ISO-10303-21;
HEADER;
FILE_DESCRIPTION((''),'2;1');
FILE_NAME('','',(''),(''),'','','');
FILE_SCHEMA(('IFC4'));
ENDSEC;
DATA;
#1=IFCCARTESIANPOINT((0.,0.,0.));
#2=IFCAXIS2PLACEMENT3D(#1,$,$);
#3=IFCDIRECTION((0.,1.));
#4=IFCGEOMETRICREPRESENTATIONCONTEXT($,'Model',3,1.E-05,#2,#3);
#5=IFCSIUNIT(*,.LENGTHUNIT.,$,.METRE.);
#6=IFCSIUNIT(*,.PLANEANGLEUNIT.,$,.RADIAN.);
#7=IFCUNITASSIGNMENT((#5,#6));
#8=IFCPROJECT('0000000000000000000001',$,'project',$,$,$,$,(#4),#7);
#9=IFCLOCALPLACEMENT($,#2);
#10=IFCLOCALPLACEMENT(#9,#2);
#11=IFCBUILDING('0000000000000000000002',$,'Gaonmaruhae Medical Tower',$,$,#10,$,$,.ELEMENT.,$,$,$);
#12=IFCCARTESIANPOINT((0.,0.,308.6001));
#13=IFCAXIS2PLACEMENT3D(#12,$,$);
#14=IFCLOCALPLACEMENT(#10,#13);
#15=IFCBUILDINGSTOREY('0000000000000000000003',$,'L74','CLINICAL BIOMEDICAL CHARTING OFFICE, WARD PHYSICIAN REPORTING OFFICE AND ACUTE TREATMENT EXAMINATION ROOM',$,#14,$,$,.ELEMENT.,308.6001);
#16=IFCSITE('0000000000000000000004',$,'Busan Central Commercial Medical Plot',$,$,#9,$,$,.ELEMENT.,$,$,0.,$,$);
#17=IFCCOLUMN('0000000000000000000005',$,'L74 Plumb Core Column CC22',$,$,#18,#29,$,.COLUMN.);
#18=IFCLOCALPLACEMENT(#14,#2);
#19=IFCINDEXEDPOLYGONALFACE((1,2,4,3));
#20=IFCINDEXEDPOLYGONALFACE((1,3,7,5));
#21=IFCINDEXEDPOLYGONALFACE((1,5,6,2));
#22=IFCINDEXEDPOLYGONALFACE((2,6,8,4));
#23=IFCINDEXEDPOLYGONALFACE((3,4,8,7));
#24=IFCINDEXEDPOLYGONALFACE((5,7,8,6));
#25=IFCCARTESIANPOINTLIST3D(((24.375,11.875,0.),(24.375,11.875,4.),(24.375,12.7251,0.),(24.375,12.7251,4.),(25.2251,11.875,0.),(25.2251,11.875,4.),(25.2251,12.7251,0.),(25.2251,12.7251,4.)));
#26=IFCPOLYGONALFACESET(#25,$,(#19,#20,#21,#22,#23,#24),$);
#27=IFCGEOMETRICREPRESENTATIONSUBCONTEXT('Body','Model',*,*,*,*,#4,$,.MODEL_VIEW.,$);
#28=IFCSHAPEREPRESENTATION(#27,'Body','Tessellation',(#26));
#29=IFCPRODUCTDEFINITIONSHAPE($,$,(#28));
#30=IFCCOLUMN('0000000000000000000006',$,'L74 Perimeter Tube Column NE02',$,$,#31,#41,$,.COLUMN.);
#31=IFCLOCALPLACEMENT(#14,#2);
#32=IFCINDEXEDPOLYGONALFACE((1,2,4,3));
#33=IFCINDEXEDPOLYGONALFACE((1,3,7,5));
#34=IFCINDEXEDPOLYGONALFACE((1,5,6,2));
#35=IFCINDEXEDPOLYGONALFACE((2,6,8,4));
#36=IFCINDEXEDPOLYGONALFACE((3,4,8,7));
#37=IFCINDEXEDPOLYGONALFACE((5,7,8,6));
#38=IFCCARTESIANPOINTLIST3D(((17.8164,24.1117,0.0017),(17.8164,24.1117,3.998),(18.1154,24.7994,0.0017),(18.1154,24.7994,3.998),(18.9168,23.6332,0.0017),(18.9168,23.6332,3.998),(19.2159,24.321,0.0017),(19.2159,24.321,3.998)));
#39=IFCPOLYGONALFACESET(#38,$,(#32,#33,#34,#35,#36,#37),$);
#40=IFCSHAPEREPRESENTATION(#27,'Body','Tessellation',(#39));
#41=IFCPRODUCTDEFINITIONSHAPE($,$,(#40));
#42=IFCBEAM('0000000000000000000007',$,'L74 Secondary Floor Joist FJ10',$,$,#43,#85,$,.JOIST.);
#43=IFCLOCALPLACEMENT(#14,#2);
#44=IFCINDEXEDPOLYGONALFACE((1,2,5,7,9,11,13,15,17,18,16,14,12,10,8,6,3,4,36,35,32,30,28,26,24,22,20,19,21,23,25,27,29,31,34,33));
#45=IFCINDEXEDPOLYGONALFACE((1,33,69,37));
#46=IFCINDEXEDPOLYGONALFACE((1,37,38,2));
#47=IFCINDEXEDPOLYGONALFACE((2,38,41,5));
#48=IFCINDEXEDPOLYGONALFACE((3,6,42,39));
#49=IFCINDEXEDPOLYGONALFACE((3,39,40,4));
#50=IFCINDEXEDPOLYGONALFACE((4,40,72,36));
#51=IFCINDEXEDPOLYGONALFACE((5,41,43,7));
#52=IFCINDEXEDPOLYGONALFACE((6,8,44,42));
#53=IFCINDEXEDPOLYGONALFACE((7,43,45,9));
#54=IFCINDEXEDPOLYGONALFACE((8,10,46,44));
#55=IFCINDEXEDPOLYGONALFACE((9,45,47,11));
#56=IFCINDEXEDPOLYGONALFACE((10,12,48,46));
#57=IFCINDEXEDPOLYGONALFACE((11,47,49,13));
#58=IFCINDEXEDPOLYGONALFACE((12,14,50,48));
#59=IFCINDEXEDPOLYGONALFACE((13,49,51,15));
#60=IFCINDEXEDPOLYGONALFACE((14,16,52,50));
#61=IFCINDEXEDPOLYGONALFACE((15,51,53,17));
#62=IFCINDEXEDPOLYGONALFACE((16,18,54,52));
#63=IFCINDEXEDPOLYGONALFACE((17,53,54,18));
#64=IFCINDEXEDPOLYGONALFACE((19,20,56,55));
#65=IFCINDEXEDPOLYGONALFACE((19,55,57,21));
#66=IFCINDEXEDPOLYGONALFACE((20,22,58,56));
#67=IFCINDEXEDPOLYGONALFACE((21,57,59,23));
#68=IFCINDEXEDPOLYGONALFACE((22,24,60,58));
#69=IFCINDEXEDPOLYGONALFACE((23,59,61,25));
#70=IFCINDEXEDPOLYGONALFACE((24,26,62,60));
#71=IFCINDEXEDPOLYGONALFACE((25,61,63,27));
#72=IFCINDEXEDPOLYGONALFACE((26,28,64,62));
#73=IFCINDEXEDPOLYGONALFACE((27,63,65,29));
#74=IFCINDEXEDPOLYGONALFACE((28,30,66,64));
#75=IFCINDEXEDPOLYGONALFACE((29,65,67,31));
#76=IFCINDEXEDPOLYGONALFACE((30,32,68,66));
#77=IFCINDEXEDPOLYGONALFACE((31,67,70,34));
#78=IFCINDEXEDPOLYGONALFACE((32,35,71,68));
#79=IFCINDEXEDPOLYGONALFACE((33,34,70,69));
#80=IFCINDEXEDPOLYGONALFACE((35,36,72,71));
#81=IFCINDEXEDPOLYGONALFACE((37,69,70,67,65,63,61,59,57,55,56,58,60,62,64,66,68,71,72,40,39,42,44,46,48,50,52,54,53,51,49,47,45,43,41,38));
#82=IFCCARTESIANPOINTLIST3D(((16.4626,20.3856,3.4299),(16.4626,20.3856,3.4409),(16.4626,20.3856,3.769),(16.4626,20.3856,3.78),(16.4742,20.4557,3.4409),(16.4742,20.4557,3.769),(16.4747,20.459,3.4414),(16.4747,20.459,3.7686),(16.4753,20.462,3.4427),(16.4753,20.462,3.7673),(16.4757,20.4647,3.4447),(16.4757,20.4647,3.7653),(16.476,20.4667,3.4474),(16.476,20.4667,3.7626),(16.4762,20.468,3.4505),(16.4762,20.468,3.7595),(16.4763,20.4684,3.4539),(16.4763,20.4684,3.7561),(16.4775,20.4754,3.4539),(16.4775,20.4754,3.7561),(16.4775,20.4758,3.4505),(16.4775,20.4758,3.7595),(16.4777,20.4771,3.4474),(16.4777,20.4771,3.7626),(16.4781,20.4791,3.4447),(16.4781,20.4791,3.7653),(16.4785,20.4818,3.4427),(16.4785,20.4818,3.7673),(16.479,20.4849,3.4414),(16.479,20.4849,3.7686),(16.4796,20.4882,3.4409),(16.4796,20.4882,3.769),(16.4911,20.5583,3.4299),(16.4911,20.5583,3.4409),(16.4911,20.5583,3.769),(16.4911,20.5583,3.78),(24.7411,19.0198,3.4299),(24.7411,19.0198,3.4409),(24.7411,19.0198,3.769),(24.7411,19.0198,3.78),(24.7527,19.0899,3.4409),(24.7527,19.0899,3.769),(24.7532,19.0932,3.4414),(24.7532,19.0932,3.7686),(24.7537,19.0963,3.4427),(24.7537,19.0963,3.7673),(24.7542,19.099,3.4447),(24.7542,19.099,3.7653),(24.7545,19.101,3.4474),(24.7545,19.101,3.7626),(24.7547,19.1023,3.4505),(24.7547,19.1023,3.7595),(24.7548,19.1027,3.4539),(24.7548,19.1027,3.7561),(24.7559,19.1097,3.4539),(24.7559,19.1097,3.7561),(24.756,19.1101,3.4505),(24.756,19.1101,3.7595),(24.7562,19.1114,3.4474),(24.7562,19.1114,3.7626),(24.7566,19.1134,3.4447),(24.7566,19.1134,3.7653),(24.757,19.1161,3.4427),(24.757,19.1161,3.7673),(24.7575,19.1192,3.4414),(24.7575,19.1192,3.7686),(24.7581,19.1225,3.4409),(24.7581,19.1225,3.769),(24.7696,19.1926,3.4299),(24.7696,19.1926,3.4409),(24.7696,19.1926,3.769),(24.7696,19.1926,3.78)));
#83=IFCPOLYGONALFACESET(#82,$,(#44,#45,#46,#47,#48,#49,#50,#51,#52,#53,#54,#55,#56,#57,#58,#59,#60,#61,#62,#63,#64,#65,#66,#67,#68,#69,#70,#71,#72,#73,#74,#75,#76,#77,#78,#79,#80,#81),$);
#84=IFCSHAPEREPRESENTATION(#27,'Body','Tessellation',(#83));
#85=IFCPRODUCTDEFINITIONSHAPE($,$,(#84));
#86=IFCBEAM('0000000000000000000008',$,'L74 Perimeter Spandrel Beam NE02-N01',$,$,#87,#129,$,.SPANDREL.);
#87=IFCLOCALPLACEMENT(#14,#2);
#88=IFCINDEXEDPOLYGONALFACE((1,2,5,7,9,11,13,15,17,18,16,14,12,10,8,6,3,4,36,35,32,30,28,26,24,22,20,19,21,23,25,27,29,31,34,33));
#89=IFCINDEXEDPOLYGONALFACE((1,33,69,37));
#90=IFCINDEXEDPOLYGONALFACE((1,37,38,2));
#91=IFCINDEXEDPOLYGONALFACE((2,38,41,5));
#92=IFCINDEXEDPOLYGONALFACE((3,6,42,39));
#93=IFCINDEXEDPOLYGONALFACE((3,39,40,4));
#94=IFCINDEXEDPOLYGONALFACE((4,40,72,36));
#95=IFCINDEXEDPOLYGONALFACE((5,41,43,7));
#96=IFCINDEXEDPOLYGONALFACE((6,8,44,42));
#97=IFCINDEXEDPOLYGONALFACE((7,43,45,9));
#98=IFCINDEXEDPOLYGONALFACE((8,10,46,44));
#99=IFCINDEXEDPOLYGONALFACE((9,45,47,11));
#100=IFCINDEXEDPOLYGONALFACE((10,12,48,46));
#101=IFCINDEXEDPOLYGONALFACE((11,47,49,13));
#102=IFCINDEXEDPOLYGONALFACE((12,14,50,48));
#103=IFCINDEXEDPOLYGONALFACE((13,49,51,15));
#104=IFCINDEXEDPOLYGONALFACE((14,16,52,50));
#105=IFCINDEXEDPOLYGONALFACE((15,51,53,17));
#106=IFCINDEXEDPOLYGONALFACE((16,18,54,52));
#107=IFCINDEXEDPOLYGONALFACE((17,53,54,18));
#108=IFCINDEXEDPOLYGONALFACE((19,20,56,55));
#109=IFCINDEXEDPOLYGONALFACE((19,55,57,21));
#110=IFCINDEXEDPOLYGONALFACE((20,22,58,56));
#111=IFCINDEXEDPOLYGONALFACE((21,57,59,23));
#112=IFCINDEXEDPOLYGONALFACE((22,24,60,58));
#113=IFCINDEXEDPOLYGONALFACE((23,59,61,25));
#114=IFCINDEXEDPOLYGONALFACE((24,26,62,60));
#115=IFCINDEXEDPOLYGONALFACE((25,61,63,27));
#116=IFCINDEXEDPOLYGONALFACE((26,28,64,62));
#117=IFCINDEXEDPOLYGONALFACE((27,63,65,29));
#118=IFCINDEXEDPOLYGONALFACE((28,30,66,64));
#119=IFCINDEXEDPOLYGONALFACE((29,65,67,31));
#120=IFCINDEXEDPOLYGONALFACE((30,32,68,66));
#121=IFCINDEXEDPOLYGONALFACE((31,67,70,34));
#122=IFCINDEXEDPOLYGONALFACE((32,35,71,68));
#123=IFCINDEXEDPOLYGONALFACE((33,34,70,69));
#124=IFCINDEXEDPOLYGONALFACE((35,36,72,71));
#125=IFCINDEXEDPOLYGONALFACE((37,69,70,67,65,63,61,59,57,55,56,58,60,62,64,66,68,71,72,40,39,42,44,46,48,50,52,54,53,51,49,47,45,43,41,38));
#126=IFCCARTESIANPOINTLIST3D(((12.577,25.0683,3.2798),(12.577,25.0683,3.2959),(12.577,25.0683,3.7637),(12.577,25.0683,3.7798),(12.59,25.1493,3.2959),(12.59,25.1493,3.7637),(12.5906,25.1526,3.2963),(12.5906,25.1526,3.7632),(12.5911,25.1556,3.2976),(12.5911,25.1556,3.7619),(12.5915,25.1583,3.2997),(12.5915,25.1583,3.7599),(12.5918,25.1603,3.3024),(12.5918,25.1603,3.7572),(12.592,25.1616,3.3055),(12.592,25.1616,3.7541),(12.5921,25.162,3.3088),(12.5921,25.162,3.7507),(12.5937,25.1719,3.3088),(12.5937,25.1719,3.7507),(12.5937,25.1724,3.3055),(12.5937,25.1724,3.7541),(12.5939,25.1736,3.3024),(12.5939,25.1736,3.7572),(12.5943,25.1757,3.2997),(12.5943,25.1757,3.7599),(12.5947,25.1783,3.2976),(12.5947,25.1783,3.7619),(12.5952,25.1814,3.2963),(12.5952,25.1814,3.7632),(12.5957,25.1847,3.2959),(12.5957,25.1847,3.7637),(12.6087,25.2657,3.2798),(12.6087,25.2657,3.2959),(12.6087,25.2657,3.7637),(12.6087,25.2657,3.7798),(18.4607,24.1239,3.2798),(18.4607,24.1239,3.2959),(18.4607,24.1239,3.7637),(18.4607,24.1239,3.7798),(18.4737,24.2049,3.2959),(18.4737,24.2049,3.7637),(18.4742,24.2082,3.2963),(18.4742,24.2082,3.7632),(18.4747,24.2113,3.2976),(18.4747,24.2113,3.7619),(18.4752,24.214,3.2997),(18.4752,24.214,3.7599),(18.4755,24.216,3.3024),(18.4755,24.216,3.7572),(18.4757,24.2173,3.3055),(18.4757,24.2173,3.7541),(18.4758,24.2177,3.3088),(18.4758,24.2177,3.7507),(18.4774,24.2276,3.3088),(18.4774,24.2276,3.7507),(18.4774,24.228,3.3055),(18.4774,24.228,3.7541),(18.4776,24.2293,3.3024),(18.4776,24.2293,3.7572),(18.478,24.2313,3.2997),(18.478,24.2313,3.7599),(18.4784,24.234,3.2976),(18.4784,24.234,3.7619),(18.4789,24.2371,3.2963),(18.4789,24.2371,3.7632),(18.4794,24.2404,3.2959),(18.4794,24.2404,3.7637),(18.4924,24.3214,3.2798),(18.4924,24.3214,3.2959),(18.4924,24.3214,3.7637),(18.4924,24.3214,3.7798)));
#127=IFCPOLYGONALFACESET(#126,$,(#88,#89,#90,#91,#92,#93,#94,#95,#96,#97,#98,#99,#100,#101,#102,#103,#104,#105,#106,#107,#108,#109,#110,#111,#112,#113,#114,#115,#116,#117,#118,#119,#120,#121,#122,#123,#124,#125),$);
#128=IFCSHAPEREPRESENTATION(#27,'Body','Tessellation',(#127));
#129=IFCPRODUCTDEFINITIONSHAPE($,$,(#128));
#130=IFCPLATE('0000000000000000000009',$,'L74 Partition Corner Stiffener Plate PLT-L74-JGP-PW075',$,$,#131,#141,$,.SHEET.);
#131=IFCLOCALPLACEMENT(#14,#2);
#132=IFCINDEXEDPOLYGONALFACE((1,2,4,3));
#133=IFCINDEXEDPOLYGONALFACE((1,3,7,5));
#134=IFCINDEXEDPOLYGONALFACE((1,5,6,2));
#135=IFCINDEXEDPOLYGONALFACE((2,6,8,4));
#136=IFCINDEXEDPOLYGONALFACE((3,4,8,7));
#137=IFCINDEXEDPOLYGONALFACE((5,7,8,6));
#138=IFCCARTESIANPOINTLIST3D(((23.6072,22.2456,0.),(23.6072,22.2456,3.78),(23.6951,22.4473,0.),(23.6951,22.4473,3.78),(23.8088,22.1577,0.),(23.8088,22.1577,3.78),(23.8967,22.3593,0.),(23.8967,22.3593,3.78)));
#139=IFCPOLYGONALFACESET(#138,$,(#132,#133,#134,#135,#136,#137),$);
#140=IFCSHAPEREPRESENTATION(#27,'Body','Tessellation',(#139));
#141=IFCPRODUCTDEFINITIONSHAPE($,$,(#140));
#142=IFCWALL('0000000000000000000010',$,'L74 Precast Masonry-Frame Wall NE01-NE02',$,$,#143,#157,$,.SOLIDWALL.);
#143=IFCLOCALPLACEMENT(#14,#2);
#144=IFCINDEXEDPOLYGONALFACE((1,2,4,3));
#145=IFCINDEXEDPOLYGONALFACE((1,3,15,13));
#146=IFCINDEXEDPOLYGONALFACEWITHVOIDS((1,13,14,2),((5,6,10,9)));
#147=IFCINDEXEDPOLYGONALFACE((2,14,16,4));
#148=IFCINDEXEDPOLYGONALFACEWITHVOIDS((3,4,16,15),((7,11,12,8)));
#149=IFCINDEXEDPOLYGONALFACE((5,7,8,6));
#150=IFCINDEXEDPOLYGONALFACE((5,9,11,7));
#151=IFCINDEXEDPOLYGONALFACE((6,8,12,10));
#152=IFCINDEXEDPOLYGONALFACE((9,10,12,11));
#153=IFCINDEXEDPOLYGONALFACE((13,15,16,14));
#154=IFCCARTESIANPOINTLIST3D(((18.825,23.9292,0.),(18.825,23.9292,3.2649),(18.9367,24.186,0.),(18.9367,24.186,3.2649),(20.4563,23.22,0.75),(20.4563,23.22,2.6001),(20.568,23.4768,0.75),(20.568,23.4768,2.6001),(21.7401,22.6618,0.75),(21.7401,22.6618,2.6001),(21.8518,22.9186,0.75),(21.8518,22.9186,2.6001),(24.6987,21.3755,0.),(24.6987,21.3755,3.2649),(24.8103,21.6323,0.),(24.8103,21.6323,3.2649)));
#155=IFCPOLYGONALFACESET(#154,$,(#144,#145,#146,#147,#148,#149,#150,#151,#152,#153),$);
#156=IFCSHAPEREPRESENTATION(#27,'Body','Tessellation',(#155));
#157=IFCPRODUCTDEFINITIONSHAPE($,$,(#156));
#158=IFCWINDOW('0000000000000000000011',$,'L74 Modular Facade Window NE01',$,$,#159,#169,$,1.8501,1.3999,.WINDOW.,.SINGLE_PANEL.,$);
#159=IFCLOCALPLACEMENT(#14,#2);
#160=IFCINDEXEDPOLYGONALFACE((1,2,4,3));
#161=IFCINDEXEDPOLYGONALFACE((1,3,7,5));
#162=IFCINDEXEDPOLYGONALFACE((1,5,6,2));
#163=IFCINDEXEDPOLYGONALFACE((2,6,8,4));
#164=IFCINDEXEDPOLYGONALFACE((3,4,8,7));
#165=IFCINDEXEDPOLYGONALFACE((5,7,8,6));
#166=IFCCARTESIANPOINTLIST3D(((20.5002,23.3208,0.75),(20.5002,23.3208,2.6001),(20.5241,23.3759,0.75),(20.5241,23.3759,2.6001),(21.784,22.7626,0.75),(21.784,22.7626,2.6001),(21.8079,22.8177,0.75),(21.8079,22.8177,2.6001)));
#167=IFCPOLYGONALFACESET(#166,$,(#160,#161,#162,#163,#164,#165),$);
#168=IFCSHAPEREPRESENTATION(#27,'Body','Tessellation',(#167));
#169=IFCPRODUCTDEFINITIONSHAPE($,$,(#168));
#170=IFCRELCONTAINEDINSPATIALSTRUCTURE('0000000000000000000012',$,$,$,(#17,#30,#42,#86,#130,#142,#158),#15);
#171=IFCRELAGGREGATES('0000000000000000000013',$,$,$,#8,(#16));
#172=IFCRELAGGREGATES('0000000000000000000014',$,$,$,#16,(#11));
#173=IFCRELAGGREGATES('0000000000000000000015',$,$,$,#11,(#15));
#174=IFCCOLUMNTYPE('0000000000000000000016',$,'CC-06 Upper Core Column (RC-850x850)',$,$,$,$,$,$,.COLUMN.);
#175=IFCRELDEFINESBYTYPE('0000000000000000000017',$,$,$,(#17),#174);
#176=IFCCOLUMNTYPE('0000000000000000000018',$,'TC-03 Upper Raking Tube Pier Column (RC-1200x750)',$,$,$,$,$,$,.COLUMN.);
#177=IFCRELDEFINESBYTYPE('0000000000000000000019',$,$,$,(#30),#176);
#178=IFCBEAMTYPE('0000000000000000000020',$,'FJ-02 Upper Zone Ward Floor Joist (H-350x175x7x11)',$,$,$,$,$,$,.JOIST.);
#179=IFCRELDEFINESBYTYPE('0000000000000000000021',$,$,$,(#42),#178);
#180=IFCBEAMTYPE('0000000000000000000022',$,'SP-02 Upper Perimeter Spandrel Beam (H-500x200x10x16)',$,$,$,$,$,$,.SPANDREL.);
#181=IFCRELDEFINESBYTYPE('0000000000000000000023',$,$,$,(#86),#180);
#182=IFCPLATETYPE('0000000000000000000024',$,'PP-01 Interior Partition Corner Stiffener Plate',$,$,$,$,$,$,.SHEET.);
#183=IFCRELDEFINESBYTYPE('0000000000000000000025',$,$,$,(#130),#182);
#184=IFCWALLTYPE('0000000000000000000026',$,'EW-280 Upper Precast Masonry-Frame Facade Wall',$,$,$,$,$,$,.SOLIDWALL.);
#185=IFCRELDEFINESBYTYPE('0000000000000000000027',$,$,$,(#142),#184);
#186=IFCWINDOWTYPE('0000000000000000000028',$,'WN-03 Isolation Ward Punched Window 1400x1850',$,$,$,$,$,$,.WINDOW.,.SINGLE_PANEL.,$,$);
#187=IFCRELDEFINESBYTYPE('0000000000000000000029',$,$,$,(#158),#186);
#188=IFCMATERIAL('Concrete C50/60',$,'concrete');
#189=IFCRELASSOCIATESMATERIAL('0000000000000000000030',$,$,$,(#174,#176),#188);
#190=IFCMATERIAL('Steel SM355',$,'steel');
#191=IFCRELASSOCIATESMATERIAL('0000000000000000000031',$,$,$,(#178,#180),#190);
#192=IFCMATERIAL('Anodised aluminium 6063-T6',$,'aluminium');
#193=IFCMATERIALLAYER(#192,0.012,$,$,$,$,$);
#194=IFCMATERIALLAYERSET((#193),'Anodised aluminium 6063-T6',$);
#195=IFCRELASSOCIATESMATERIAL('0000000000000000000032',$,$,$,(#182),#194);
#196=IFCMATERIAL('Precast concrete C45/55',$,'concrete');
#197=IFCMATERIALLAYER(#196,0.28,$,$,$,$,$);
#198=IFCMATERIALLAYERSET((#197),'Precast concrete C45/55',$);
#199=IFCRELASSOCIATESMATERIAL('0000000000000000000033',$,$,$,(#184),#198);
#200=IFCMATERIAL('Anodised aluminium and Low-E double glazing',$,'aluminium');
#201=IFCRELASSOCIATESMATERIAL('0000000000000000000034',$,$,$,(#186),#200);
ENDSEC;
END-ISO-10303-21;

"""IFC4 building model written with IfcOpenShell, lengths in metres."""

from ifc_helpers import new_model, si_unit, direction, frame, frame_2d, origin, origin_2d, place, context, subcontext, project, spatial, rectangle, i_section, extrude, material, layer, layer_set, material_profile, profile_set, type_object, element, fill, save


model = new_model("IFC4")

# Units and contexts
model_context = context("Model", 3, precision=1e-05, world=origin(), true_north=direction((0.0, 1.0)))
body_context = subcontext(model_context, "Body", "Model", "MODEL_VIEW")
ifc_project = project(units=[si_unit("LENGTHUNIT", "METRE"), si_unit("PLANEANGLEUNIT", "RADIAN")], contexts=[model_context])

# Site, building, storey
site_placement = place(None, origin())
site = spatial("IfcSite", under=ifc_project, at=site_placement, Name="Busan Central Commercial Medical Plot", CompositionType="ELEMENT", RefElevation=0.0)
building_placement = place(site_placement, origin())
building = spatial("IfcBuilding", under=site, at=building_placement, Name="Gaonmaruhae Medical Tower", CompositionType="ELEMENT")
storey_placement = place(building_placement, frame((0.0, 0.0, 308.6001)))
storey = spatial("IfcBuildingStorey", under=building, at=storey_placement, Name="L74", Description="CLINICAL BIOMEDICAL CHARTING OFFICE, WARD PHYSICIAN REPORTING OFFICE AND ACUTE TREATMENT EXAMINATION ROOM", CompositionType="ELEMENT", Elevation=308.6001)

# Columns
ifc_material_1 = material(Name="Concrete C50/60", Category="concrete")
ifc_material_profile_1 = material_profile(ifc_material_1, rectangle(XDim=0.8501, YDim=0.8501, at=origin_2d()), Name="RC-850x850")
ifc_profile_set_1 = profile_set([ifc_material_profile_1], Name="Concrete C50/60")
column_type_1 = type_object("IfcColumnType", Name="CC-06 Upper Core Column (RC-850x850)", PredefinedType="COLUMN", material=ifc_profile_set_1)
column_1_placement = place(storey_placement, frame((24.8, 12.3, 0.0), z_axis=(0.0, 0.0, 1.0), x_axis=(1.0, 0.0, 0.0)))
element("IfcColumn", 1, at=column_1_placement, inside=storey, type_object=column_type_1, Name="L74 Plumb Core Column CC22", PredefinedType="COLUMN", context=body_context, shape_type="SweptSolid", body=[
    extrude(rectangle(XDim=0.8501, YDim=0.8501, at=origin_2d()), origin(), (0.0, 0.0, 1.0), 4.0),
])
ifc_material_profile_2 = material_profile(ifc_material_1, rectangle(XDim=1.2, YDim=0.75, at=origin_2d()), Name="RC-1200x750")
ifc_profile_set_2 = profile_set([ifc_material_profile_2], Name="Concrete C50/60")
column_type_2 = type_object("IfcColumnType", Name="TC-03 Upper Raking Tube Pier Column (RC-1200x750)", PredefinedType="COLUMN", material=ifc_profile_set_2)
column_2_placement = place(storey_placement, frame((18.5161, 24.2163, 0.0017), z_axis=(0.0, 0.0, 1.0), x_axis=(-0.91706, 0.398749, 0.0)))
element("IfcColumn", 2, at=column_2_placement, inside=storey, type_object=column_type_2, Name="L74 Perimeter Tube Column NE02", PredefinedType="COLUMN", context=body_context, shape_type="SweptSolid", body=[
    extrude(rectangle(XDim=1.2, YDim=0.75, at=origin_2d()), origin(), (0.0, 0.0, 1.0), 3.9963),
])

# Beams
ifc_material_2 = material(Name="Steel SM355", Category="steel")
ifc_material_profile_3 = material_profile(ifc_material_2, i_section(OverallWidth=0.175, OverallDepth=0.3501, WebThickness=0.0071, FlangeThickness=0.011, FilletRadius=0.0129, at=origin_2d()), Name="H-350x175x7x11")
ifc_profile_set_3 = profile_set([ifc_material_profile_3], Name="Steel SM355")
beam_type_1 = type_object("IfcBeamType", Name="FJ-02 Upper Zone Ward Floor Joist (H-350x175x7x11)", PredefinedType="JOIST", material=ifc_profile_set_3)
beam_1_placement = place(storey_placement, frame((24.7554, 19.1062, 3.605), z_axis=(-0.986664, 0.162771, 0.0), x_axis=(-0.162771, -0.986664, 0.0)))
element("IfcBeam", 3, at=beam_1_placement, inside=storey, type_object=beam_type_1, Name="L74 Secondary Floor Joist FJ10", PredefinedType="JOIST", context=body_context, shape_type="SweptSolid", body=[
    extrude(i_section(OverallWidth=0.175, OverallDepth=0.3501, WebThickness=0.0071, FlangeThickness=0.011, FilletRadius=0.0129, at=origin_2d()), origin(), (0.0, 0.0, 1.0), 8.3904),
])
ifc_material_profile_4 = material_profile(ifc_material_2, i_section(OverallWidth=0.2, OverallDepth=0.5, WebThickness=0.01, FlangeThickness=0.0161, FilletRadius=0.0129, at=origin_2d()), Name="H-500x200x10x16")
ifc_profile_set_4 = profile_set([ifc_material_profile_4], Name="Steel SM355")
beam_type_2 = type_object("IfcBeamType", Name="SP-02 Upper Perimeter Spandrel Beam (H-500x200x10x16)", PredefinedType="SPANDREL", material=ifc_profile_set_4)
beam_2_placement = place(storey_placement, frame((18.4766, 24.2227, 3.5298), z_axis=(-0.987364, 0.15847, 0.0), x_axis=(-0.15847, -0.987364, 0.0)))
element("IfcBeam", 4, at=beam_2_placement, inside=storey, type_object=beam_type_2, Name="L74 Perimeter Spandrel Beam NE02-N01", PredefinedType="SPANDREL", context=body_context, shape_type="SweptSolid", body=[
    extrude(i_section(OverallWidth=0.2, OverallDepth=0.5, WebThickness=0.01, FlangeThickness=0.0161, FilletRadius=0.0129, at=origin_2d()), origin(), (0.0, 0.0, 1.0), 5.959),
])

# Plate
ifc_material_3 = material(Name="Anodised aluminium 6063-T6", Category="aluminium")
ifc_layer_1 = layer(ifc_material_3, 0.012)
ifc_layer_set_1 = layer_set([ifc_layer_1], Name="Anodised aluminium 6063-T6")
plate_type = type_object("IfcPlateType", Name="PP-01 Interior Partition Corner Stiffener Plate", PredefinedType="SHEET", material=ifc_layer_set_1)
plate_placement = place(storey_placement, frame((23.752, 22.3025, 0.0), z_axis=(0.0, 0.0, 1.0), x_axis=(-0.399741, -0.916628, 0.0)))
element("IfcPlate", 5, at=plate_placement, inside=storey, type_object=plate_type, Name="L74 Partition Corner Stiffener Plate PLT-L74-JGP-PW075", PredefinedType="SHEET", context=body_context, shape_type="SweptSolid", body=[
    extrude(rectangle(XDim=0.22, YDim=0.22, at=origin_2d()), origin(), (0.0, 0.0, 1.0), 3.78),
])

# Wall, opening, window
ifc_material_4 = material(Name="Precast concrete C45/55", Category="concrete")
ifc_layer_2 = layer(ifc_material_4, 0.28)
ifc_layer_set_2 = layer_set([ifc_layer_2], Name="Precast concrete C45/55")
wall_type_1 = type_object("IfcWallType", Name="EW-280 Upper Precast Masonry-Frame Facade Wall", PredefinedType="SOLIDWALL", material=ifc_layer_set_2)
wall_1_placement = place(storey_placement, frame((18.8809, 24.0576, 0.0), z_axis=(0.0, 0.0, 1.0), x_axis=(0.91707, -0.398726, 0.0)))
wall_1 = element("IfcWall", 6, at=wall_1_placement, inside=storey, type_object=wall_type_1, Name="L74 Precast Masonry-Frame Wall NE01-NE02", PredefinedType="SOLIDWALL", context=body_context, shape_type="SweptSolid", body=[
    extrude(rectangle(XDim=6.4048, YDim=0.28, at=frame_2d((3.2024, 0.0))), origin(), (0.0, 0.0, 1.0), 3.2649),
])
opening_1_placement = place(wall_1_placement, frame((1.7788, 0.0, 0.75)))
opening_1 = element("IfcOpeningElement", 7, at=opening_1_placement, cuts=wall_1, PredefinedType="OPENING", context=body_context, shape_type="SweptSolid", body=[
    extrude(rectangle(XDim=1.3999, YDim=1.8501, at=frame_2d((0.7, 0.925))), frame((0.0, 0.1499, 0.0), z_axis=(0.0, -1.0, 0.0), x_axis=(1.0, 0.0, 0.0)), (0.0, 0.0, 1.0), 0.3),
])
ifc_material_5 = material(Name="Anodised aluminium and Low-E double glazing", Category="aluminium")
window_type = type_object("IfcWindowType", Name="WN-03 Isolation Ward Punched Window 1400x1850", PartitioningType="SINGLE_PANEL", PredefinedType="WINDOW", material=ifc_material_5)
window_placement = place(opening_1_placement, origin())
window = element("IfcWindow", 8, at=window_placement, inside=storey, type_object=window_type, Name="L74 Modular Facade Window NE01", OverallHeight=1.8501, OverallWidth=1.3999, PartitioningType="SINGLE_PANEL", PredefinedType="WINDOW", context=body_context, shape_type="SweptSolid", body=[
    extrude(rectangle(XDim=1.3999, YDim=1.8501, at=frame_2d((0.7, 0.925))), frame((0.0, 0.03, 0.0), z_axis=(0.0, -1.0, 0.0), x_axis=(1.0, 0.0, 0.0)), (0.0, 0.0, 1.0), 0.0601),
])
fill(opening_1, window)

save(model, "model.ifc")
